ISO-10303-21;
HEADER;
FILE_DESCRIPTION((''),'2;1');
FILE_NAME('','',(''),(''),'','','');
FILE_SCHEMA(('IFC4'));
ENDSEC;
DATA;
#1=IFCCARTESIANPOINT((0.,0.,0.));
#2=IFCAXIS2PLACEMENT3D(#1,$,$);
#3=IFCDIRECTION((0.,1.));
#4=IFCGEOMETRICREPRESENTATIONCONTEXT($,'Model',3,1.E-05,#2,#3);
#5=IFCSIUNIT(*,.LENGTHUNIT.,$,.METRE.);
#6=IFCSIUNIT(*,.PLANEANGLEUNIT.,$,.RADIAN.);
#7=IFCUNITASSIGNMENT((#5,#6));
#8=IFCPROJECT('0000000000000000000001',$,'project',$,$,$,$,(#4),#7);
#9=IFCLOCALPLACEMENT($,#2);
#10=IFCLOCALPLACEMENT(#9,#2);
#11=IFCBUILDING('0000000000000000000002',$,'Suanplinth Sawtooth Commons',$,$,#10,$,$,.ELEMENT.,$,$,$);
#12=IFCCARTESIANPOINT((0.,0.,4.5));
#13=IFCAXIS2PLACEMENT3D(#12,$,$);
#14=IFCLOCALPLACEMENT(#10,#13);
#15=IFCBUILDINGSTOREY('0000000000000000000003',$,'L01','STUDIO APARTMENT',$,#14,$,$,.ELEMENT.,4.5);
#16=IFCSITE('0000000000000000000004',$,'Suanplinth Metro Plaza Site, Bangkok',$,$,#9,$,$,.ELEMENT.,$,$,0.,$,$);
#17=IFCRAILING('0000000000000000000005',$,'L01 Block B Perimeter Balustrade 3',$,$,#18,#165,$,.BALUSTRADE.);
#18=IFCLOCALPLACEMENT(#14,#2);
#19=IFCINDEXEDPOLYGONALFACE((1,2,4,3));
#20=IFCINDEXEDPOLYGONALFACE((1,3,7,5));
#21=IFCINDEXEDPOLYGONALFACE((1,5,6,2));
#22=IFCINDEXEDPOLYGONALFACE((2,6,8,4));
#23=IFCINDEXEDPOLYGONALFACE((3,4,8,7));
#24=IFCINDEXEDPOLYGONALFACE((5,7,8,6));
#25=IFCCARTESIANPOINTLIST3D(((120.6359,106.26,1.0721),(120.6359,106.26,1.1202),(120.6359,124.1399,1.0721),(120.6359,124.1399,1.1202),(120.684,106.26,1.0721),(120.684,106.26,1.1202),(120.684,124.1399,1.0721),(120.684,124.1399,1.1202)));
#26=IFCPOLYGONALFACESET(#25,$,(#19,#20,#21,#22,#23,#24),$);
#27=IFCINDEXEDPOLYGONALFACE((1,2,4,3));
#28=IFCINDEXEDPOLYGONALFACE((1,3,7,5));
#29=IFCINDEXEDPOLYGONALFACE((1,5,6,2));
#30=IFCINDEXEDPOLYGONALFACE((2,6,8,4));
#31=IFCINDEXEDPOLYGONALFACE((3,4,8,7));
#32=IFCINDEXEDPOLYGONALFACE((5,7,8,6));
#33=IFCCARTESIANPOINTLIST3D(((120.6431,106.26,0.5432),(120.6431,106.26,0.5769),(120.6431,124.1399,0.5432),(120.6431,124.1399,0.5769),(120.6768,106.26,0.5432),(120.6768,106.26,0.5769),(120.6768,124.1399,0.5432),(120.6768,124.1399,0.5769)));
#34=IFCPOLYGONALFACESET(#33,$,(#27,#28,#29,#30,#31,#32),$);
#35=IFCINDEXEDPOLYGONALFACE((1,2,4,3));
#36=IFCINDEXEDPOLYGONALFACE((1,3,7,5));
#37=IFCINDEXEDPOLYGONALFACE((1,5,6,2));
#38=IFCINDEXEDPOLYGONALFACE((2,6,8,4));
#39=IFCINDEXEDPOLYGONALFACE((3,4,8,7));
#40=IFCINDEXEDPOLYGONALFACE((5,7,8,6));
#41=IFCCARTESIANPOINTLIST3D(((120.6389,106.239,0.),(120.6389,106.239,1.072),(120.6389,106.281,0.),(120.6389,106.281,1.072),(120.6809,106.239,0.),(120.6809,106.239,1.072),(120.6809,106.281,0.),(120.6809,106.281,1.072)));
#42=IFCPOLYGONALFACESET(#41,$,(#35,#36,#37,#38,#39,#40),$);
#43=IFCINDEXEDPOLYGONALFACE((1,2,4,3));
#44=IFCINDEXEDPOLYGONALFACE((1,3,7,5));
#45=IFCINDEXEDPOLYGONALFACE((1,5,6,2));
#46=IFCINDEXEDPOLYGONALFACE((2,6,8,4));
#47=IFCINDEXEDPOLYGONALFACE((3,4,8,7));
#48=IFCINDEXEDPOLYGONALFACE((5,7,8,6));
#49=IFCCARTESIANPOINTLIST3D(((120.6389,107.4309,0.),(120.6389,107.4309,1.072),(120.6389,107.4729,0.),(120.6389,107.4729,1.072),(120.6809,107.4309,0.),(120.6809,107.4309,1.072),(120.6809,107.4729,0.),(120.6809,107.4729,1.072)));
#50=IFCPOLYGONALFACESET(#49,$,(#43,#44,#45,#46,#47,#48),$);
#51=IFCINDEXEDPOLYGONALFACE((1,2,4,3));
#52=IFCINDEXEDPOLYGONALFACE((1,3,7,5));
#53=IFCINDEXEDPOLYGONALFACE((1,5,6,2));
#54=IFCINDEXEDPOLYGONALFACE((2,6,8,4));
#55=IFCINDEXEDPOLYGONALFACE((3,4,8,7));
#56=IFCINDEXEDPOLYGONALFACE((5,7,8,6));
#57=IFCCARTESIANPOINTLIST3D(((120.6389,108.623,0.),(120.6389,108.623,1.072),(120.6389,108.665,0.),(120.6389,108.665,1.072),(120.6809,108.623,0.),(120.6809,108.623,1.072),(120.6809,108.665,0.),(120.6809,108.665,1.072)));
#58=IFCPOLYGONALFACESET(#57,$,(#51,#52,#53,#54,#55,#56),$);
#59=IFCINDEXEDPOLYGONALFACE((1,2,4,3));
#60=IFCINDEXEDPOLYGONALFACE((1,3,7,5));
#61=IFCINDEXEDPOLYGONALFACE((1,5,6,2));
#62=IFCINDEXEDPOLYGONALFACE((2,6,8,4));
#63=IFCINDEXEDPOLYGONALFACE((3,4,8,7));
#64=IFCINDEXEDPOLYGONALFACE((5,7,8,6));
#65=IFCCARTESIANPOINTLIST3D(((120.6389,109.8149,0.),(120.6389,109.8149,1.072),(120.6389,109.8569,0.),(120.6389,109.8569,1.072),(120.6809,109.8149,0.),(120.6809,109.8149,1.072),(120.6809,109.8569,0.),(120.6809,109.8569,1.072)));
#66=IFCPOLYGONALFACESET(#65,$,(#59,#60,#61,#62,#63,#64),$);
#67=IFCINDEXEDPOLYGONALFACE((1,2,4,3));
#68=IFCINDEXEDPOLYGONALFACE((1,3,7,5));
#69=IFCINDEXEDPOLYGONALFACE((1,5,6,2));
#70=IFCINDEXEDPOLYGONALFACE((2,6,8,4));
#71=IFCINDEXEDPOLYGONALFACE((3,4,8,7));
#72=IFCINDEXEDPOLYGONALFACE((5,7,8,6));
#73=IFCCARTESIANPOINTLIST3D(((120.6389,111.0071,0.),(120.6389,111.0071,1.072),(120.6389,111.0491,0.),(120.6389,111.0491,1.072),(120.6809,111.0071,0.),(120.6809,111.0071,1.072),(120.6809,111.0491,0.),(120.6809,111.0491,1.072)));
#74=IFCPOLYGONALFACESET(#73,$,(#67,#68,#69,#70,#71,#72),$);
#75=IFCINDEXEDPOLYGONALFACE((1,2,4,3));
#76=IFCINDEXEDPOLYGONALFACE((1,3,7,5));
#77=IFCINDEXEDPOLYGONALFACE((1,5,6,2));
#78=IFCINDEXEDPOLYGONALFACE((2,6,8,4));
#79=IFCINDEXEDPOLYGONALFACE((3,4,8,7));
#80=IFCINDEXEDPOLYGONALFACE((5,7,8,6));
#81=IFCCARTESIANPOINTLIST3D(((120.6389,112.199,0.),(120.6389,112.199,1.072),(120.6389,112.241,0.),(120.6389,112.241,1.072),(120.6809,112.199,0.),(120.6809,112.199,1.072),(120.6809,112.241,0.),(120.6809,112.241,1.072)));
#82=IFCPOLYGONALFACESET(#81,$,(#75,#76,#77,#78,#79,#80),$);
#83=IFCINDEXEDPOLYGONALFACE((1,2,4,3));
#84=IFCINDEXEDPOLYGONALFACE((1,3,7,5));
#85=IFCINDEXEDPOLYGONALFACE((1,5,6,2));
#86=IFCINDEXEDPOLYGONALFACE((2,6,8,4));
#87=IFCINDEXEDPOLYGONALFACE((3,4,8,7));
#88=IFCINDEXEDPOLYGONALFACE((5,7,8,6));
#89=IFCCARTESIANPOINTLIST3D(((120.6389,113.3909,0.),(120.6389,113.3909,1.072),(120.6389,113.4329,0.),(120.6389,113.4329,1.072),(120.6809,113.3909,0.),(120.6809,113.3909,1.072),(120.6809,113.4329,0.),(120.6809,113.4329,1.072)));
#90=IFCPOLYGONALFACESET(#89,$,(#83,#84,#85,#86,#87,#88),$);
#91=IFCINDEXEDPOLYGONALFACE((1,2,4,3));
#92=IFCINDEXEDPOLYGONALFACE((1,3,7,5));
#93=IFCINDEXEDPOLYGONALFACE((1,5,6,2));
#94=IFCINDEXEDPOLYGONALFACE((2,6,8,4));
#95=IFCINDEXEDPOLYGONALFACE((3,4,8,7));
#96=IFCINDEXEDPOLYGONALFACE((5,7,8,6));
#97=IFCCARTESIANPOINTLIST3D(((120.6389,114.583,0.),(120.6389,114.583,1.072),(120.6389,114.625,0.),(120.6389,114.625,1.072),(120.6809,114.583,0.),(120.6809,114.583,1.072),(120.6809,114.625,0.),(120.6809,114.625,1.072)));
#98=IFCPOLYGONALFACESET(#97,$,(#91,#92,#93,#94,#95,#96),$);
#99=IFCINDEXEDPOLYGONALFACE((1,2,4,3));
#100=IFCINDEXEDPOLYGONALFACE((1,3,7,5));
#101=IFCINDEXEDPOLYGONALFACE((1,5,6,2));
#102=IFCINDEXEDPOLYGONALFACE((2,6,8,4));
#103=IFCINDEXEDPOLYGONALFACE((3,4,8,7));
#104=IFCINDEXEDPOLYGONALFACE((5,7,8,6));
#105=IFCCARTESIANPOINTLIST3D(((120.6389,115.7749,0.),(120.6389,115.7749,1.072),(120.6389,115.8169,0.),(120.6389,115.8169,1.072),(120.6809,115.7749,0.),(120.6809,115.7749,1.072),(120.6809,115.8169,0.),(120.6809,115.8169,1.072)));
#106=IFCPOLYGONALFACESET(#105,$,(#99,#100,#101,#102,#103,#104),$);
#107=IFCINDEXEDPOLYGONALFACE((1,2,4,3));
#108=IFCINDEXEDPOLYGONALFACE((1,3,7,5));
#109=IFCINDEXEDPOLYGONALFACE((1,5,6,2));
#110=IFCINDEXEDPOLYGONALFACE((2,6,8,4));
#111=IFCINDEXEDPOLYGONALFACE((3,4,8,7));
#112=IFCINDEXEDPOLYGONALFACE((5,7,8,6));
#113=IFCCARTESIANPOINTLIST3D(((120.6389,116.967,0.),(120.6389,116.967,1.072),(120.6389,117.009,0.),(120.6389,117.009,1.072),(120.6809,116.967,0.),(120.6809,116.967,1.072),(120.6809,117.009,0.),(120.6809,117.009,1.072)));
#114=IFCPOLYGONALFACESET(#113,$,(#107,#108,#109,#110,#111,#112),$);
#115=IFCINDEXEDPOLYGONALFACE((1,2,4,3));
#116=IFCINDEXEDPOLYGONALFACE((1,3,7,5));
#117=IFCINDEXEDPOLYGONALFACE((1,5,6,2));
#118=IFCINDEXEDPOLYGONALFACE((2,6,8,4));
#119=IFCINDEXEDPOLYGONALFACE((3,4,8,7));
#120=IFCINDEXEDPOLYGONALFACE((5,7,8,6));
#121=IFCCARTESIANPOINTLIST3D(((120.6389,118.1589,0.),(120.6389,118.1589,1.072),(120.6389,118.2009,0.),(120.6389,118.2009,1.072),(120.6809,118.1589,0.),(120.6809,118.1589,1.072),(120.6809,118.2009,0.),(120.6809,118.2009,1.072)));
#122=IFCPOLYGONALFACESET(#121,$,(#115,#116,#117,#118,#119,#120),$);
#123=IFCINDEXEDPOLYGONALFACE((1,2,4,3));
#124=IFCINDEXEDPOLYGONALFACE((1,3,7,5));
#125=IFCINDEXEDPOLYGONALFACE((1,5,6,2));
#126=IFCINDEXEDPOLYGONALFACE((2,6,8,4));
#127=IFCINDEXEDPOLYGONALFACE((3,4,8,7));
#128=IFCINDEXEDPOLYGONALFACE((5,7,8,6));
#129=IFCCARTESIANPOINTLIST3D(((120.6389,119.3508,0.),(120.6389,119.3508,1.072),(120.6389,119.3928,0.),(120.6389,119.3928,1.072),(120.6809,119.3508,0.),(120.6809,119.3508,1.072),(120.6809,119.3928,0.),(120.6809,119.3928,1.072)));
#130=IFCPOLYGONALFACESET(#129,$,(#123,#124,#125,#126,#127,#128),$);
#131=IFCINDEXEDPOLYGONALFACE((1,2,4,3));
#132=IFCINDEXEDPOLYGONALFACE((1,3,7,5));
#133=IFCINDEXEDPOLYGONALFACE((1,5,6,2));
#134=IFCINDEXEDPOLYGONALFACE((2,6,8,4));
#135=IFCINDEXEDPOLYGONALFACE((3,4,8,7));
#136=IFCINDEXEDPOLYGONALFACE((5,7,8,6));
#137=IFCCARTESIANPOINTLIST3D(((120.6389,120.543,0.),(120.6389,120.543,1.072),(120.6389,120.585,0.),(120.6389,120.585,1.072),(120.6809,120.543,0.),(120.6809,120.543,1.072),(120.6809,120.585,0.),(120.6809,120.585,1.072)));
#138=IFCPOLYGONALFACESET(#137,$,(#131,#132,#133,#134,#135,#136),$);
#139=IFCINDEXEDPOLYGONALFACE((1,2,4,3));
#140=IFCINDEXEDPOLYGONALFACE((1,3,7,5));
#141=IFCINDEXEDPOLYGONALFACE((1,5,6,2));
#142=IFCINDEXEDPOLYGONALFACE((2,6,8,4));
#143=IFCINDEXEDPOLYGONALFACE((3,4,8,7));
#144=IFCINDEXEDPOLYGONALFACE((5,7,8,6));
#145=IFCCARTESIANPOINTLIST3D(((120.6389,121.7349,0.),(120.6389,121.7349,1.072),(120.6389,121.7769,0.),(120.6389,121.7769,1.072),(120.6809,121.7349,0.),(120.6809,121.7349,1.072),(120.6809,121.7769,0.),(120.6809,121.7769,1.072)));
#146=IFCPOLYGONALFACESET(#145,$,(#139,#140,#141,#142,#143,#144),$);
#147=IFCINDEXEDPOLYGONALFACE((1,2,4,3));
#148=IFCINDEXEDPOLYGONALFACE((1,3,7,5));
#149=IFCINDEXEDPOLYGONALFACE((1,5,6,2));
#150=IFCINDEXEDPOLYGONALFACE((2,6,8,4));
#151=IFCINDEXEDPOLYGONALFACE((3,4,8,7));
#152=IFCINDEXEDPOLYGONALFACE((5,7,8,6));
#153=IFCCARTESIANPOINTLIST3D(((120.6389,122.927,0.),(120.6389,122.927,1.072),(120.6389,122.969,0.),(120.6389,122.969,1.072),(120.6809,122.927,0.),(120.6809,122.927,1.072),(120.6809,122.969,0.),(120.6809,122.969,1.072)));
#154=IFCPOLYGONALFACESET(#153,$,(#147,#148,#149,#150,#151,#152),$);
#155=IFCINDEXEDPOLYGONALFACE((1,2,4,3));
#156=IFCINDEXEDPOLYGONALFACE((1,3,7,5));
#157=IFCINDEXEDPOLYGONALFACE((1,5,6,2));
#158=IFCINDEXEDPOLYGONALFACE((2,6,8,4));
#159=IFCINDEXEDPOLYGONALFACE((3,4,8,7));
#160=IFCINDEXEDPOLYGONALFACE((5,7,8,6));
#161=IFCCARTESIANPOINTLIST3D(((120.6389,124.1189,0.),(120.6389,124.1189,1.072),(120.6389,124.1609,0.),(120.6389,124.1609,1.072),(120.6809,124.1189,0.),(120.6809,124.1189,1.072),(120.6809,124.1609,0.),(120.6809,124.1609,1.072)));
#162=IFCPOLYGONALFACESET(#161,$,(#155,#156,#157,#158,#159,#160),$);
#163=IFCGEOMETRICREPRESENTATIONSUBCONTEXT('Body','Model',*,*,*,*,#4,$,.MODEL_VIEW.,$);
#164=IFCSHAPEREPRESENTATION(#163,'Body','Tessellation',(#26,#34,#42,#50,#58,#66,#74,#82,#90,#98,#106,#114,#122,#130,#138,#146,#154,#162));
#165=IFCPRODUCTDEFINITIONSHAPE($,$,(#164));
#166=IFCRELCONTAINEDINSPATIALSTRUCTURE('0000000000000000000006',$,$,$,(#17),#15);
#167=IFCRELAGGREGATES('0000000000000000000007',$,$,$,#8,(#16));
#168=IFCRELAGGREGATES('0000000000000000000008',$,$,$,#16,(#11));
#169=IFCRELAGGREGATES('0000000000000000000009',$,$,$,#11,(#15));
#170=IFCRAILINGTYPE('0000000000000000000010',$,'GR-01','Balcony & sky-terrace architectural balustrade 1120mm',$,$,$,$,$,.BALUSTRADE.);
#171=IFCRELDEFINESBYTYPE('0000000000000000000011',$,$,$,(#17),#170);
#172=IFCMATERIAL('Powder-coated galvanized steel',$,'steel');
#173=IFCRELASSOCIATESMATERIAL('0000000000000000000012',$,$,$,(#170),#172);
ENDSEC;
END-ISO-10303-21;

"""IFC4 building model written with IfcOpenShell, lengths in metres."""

from ifc_helpers import new_model, si_unit, direction, frame, origin, origin_2d, place, context, subcontext, project, spatial, rectangle, extrude, material, type_object, element, save


model = new_model("IFC4")

# Units and contexts
model_context = context("Model", 3, precision=1e-05, world=origin(), true_north=direction((0.0, 1.0)))
body_context = subcontext(model_context, "Body", "Model", "MODEL_VIEW")
ifc_project = project(units=[si_unit("LENGTHUNIT", "METRE"), si_unit("PLANEANGLEUNIT", "RADIAN")], contexts=[model_context])

# Site, building, storey
site_placement = place(None, origin())
site = spatial("IfcSite", under=ifc_project, at=site_placement, Name="Suanplinth Metro Plaza Site, Bangkok", CompositionType="ELEMENT", RefElevation=0.0)
building_placement = place(site_placement, origin())
building = spatial("IfcBuilding", under=site, at=building_placement, Name="Suanplinth Sawtooth Commons", CompositionType="ELEMENT")
storey_placement = place(building_placement, frame((0.0, 0.0, 4.5)))
storey = spatial("IfcBuildingStorey", under=building, at=storey_placement, Name="L01", Description="STUDIO APARTMENT", CompositionType="ELEMENT", Elevation=4.5)

# Railing
ifc_material_1 = material(Name="Powder-coated galvanized steel", Category="steel")
railing_type = type_object("IfcRailingType", Name="GR-01", Description="Balcony & sky-terrace architectural balustrade 1120mm", PredefinedType="BALUSTRADE", material=ifc_material_1)
railing_1_placement = place(storey_placement, frame((120.6599, 106.26, 0.0)))
element("IfcRailing", 1, at=railing_1_placement, inside=storey, type_object=railing_type, Name="L01 Block B Perimeter Balustrade 3", PredefinedType="BALUSTRADE", context=body_context, shape_type="SweptSolid", body=[
    extrude(rectangle(XDim=0.0481, YDim=0.0481, at=origin_2d()), frame((0.0, 0.0, 1.0962), z_axis=(0.0, 1.0, 0.0), x_axis=(-1.0, 0.0, 0.0)), (0.0, 0.0, 1.0), 17.8799),
    extrude(rectangle(XDim=0.0337, YDim=0.0337, at=origin_2d()), frame((0.0, 0.0, 0.5601), z_axis=(0.0, 1.0, 0.0), x_axis=(-1.0, 0.0, 0.0)), (0.0, 0.0, 1.0), 17.8799),
    extrude(rectangle(XDim=0.042, YDim=0.042, at=origin_2d()), origin(), (0.0, 0.0, 1.0), 1.072),
    extrude(rectangle(XDim=0.042, YDim=0.042, at=origin_2d()), frame((0.0, 1.1919, 0.0)), (0.0, 0.0, 1.0), 1.072),
    extrude(rectangle(XDim=0.042, YDim=0.042, at=origin_2d()), frame((0.0, 2.384, 0.0)), (0.0, 0.0, 1.0), 1.072),
    extrude(rectangle(XDim=0.042, YDim=0.042, at=origin_2d()), frame((0.0, 3.5759, 0.0)), (0.0, 0.0, 1.0), 1.072),
    extrude(rectangle(XDim=0.042, YDim=0.042, at=origin_2d()), frame((0.0, 4.7681, 0.0)), (0.0, 0.0, 1.0), 1.072),
    extrude(rectangle(XDim=0.042, YDim=0.042, at=origin_2d()), frame((0.0, 5.96, 0.0)), (0.0, 0.0, 1.0), 1.072),
    extrude(rectangle(XDim=0.042, YDim=0.042, at=origin_2d()), frame((0.0, 7.1519, 0.0)), (0.0, 0.0, 1.0), 1.072),
    extrude(rectangle(XDim=0.042, YDim=0.042, at=origin_2d()), frame((0.0, 8.344, 0.0)), (0.0, 0.0, 1.0), 1.072),
    extrude(rectangle(XDim=0.042, YDim=0.042, at=origin_2d()), frame((0.0, 9.5359, 0.0)), (0.0, 0.0, 1.0), 1.072),
    extrude(rectangle(XDim=0.042, YDim=0.042, at=origin_2d()), frame((0.0, 10.728, 0.0)), (0.0, 0.0, 1.0), 1.072),
    extrude(rectangle(XDim=0.042, YDim=0.042, at=origin_2d()), frame((0.0, 11.9199, 0.0)), (0.0, 0.0, 1.0), 1.072),
    extrude(rectangle(XDim=0.042, YDim=0.042, at=origin_2d()), frame((0.0, 13.1118, 0.0)), (0.0, 0.0, 1.0), 1.072),
    extrude(rectangle(XDim=0.042, YDim=0.042, at=origin_2d()), frame((0.0, 14.304, 0.0)), (0.0, 0.0, 1.0), 1.072),
    extrude(rectangle(XDim=0.042, YDim=0.042, at=origin_2d()), frame((0.0, 15.4958, 0.0)), (0.0, 0.0, 1.0), 1.072),
    extrude(rectangle(XDim=0.042, YDim=0.042, at=origin_2d()), frame((0.0, 16.688, 0.0)), (0.0, 0.0, 1.0), 1.072),
    extrude(rectangle(XDim=0.042, YDim=0.042, at=origin_2d()), frame((0.0, 17.8799, 0.0)), (0.0, 0.0, 1.0), 1.072),
])

save(model, "model.ifc")
